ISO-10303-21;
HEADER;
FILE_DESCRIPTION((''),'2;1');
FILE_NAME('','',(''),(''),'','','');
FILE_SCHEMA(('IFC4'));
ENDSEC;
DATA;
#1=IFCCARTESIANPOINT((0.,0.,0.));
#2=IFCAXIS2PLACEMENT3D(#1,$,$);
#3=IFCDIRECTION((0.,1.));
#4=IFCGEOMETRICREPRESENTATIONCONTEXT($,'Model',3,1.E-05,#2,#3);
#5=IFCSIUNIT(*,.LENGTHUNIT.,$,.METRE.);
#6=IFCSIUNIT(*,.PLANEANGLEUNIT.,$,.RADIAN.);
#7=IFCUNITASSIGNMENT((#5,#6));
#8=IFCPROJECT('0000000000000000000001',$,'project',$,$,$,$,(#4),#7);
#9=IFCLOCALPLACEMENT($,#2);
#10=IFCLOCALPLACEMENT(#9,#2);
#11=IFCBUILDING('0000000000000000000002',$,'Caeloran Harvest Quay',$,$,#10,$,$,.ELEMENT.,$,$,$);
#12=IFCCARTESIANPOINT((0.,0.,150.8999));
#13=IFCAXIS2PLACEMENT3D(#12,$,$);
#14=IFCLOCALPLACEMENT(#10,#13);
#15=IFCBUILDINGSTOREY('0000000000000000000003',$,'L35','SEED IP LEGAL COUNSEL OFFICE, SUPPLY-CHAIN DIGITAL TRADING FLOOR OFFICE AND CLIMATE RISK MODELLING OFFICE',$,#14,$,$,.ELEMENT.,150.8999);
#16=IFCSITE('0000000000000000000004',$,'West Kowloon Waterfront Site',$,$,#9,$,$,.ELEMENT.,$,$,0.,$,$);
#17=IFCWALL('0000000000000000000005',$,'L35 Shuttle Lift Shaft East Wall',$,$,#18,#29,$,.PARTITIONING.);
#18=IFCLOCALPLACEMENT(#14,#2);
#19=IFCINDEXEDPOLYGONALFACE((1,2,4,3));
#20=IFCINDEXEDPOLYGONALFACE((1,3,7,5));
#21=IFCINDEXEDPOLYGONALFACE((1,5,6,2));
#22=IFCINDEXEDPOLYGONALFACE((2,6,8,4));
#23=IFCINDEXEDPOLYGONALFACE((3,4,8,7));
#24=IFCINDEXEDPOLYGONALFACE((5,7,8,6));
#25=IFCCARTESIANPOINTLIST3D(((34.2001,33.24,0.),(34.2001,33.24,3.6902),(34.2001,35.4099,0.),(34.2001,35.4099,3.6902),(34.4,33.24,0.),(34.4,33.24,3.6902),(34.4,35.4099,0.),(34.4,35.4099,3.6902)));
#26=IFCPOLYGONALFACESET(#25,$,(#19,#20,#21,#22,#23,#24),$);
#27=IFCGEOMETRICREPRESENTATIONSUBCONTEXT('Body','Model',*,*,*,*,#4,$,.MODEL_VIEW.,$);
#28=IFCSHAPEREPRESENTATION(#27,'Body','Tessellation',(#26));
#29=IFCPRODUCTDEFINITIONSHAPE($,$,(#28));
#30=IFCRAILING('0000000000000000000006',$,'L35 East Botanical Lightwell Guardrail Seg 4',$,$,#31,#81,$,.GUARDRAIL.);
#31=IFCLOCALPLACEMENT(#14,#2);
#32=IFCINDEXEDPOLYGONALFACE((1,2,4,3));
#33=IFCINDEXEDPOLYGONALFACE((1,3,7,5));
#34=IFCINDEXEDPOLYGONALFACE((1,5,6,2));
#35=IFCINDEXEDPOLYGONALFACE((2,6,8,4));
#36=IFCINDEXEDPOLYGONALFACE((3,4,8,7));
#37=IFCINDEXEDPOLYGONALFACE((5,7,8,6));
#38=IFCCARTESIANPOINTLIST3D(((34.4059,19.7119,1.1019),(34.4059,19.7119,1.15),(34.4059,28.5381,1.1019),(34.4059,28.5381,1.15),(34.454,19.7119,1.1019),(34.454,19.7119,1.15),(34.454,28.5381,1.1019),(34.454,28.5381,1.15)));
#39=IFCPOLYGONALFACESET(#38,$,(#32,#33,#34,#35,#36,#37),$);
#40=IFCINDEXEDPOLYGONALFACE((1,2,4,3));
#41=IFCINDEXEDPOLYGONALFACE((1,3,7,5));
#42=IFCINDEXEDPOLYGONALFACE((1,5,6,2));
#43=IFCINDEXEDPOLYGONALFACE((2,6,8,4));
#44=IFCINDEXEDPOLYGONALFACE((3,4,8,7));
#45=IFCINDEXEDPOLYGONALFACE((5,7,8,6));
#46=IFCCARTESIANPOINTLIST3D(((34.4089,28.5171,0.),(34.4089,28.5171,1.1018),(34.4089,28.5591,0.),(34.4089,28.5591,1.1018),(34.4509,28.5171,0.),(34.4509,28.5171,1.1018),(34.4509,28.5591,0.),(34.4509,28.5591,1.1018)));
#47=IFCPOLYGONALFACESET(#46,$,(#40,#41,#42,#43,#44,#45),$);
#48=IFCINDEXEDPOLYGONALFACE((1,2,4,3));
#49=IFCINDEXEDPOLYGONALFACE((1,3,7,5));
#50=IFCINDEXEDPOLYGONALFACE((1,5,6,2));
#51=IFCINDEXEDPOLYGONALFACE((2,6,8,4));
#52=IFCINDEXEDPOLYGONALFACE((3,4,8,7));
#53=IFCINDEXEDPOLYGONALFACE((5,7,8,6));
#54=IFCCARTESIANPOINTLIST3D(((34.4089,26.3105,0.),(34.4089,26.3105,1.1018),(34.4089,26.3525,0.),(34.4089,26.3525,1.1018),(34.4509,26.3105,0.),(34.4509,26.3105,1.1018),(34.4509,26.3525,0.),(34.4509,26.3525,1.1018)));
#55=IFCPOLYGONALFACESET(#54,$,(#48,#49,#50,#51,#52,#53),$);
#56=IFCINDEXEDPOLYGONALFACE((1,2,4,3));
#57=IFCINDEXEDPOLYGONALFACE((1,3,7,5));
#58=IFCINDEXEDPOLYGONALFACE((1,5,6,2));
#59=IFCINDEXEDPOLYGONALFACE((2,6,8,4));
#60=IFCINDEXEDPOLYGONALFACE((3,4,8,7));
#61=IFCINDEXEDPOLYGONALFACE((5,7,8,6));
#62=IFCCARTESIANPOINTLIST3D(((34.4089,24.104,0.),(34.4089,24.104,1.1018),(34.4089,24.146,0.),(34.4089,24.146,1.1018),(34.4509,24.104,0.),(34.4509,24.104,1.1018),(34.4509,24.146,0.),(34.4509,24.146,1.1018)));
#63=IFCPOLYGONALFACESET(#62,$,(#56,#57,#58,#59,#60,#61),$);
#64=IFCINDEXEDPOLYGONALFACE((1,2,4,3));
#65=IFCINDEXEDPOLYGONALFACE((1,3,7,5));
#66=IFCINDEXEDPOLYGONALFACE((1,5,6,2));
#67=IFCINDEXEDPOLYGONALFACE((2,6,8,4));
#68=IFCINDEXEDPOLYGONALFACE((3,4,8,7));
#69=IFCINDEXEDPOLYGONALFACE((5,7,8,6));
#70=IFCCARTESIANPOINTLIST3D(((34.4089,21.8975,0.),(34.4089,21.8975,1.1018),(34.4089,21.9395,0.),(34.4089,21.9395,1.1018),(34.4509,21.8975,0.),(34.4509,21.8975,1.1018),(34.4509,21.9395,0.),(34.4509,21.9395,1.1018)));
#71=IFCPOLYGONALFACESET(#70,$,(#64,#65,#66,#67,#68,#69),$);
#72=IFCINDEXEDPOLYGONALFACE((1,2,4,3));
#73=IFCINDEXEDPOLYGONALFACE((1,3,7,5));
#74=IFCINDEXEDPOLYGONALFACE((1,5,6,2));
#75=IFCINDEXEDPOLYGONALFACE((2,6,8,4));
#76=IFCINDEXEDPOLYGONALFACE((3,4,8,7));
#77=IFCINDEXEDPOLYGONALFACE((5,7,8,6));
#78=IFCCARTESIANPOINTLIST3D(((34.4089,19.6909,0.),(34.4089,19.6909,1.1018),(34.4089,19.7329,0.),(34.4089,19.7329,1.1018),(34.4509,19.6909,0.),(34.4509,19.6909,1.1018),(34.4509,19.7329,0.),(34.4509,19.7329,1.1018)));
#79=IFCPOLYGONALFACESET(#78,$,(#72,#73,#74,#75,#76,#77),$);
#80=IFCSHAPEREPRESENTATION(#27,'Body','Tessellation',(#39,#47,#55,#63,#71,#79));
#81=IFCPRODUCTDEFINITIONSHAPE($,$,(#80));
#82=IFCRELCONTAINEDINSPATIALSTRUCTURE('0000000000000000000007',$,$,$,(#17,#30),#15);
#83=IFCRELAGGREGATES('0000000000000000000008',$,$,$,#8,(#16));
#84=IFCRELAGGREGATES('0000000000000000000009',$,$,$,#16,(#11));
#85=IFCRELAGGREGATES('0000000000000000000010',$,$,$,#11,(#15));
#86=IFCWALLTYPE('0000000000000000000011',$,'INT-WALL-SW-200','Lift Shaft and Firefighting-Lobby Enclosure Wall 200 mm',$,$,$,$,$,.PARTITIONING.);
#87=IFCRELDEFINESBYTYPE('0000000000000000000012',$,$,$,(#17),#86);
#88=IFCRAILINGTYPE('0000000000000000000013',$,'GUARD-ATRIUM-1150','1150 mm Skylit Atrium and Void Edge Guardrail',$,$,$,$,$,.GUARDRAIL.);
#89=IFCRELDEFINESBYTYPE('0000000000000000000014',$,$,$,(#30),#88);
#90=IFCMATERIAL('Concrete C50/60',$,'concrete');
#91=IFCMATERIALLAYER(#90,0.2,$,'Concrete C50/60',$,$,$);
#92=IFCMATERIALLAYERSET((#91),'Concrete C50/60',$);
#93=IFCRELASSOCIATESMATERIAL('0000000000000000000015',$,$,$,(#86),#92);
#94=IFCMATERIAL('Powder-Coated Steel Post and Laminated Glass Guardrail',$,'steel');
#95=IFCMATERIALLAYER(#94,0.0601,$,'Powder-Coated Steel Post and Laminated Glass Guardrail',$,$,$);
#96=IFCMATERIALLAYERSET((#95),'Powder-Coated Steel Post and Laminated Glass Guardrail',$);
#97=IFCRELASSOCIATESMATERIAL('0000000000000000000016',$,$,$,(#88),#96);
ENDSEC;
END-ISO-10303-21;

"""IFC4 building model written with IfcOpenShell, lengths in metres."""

from ifc_helpers import new_model, si_unit, direction, frame, frame_2d, origin, origin_2d, place, context, subcontext, project, spatial, rectangle, extrude, material, layer, layer_set, type_object, element, save


model = new_model("IFC4")

# Units and contexts
model_context = context("Model", 3, precision=1e-05, world=origin(), true_north=direction((0.0, 1.0)))
body_context = subcontext(model_context, "Body", "Model", "MODEL_VIEW")
ifc_project = project(units=[si_unit("LENGTHUNIT", "METRE"), si_unit("PLANEANGLEUNIT", "RADIAN")], contexts=[model_context])

# Site, building, storey
site_placement = place(None, origin())
site = spatial("IfcSite", under=ifc_project, at=site_placement, Name="West Kowloon Waterfront Site", CompositionType="ELEMENT", RefElevation=0.0)
building_placement = place(site_placement, origin())
building = spatial("IfcBuilding", under=site, at=building_placement, Name="Caeloran Harvest Quay", CompositionType="ELEMENT")
storey_placement = place(building_placement, frame((0.0, 0.0, 150.8999)))
storey = spatial("IfcBuildingStorey", under=building, at=storey_placement, Name="L35", Description="SEED IP LEGAL COUNSEL OFFICE, SUPPLY-CHAIN DIGITAL TRADING FLOOR OFFICE AND CLIMATE RISK MODELLING OFFICE", CompositionType="ELEMENT", Elevation=150.8999)

# Shared definitions
ifc_material_1 = material(Name="Concrete C50/60", Category="concrete")
ifc_layer_1 = layer(ifc_material_1, 0.2, Name="Concrete C50/60")
ifc_layer_set_1 = layer_set([ifc_layer_1], Name="Concrete C50/60")
wall_type_1 = type_object("IfcWallType", Name="INT-WALL-SW-200", Description="Lift Shaft and Firefighting-Lobby Enclosure Wall 200 mm", PredefinedType="PARTITIONING", material=ifc_layer_set_1)

# Wall
wall_1_placement = place(storey_placement, frame((34.3, 33.24, 0.0), z_axis=(0.0, 0.0, 1.0), x_axis=(0.0, 1.0, 0.0)))
element("IfcWall", 1, at=wall_1_placement, inside=storey, type_object=wall_type_1, Name="L35 Shuttle Lift Shaft East Wall", PredefinedType="PARTITIONING", context=body_context, shape_type="SweptSolid", body=[
    extrude(rectangle(XDim=2.1699, YDim=0.2, at=frame_2d((1.085, 0.0))), origin(), (0.0, 0.0, 1.0), 3.6902),
])

# Railing
ifc_material_2 = material(Name="Powder-Coated Steel Post and Laminated Glass Guardrail", Category="steel")
ifc_layer_2 = layer(ifc_material_2, 0.0601, Name="Powder-Coated Steel Post and Laminated Glass Guardrail")
ifc_layer_set_2 = layer_set([ifc_layer_2], Name="Powder-Coated Steel Post and Laminated Glass Guardrail")
railing_type = type_object("IfcRailingType", Name="GUARD-ATRIUM-1150", Description="1150 mm Skylit Atrium and Void Edge Guardrail", PredefinedType="GUARDRAIL", material=ifc_layer_set_2)
railing_placement = place(storey_placement, frame((34.4299, 28.5381, 0.0)))
element("IfcRailing", 2, at=railing_placement, inside=storey, type_object=railing_type, Name="L35 East Botanical Lightwell Guardrail Seg 4", PredefinedType="GUARDRAIL", context=body_context, shape_type="SweptSolid", body=[
    extrude(rectangle(XDim=0.0481, YDim=0.0481, at=origin_2d()), frame((0.0, 0.0, 1.126), z_axis=(0.0, -1.0, 0.0), x_axis=(1.0, 0.0, 0.0)), (0.0, 0.0, 1.0), 8.8262),
    extrude(rectangle(XDim=0.042, YDim=0.042, at=origin_2d()), origin(), (0.0, 0.0, 1.0), 1.1018),
    extrude(rectangle(XDim=0.042, YDim=0.042, at=origin_2d()), frame((0.0, -2.2065, 0.0)), (0.0, 0.0, 1.0), 1.1018),
    extrude(rectangle(XDim=0.042, YDim=0.042, at=origin_2d()), frame((0.0, -4.4131, 0.0)), (0.0, 0.0, 1.0), 1.1018),
    extrude(rectangle(XDim=0.042, YDim=0.042, at=origin_2d()), frame((0.0, -6.6196, 0.0)), (0.0, 0.0, 1.0), 1.1018),
    extrude(rectangle(XDim=0.042, YDim=0.042, at=origin_2d()), frame((0.0, -8.8262, 0.0)), (0.0, 0.0, 1.0), 1.1018),
])

save(model, "model.ifc")
